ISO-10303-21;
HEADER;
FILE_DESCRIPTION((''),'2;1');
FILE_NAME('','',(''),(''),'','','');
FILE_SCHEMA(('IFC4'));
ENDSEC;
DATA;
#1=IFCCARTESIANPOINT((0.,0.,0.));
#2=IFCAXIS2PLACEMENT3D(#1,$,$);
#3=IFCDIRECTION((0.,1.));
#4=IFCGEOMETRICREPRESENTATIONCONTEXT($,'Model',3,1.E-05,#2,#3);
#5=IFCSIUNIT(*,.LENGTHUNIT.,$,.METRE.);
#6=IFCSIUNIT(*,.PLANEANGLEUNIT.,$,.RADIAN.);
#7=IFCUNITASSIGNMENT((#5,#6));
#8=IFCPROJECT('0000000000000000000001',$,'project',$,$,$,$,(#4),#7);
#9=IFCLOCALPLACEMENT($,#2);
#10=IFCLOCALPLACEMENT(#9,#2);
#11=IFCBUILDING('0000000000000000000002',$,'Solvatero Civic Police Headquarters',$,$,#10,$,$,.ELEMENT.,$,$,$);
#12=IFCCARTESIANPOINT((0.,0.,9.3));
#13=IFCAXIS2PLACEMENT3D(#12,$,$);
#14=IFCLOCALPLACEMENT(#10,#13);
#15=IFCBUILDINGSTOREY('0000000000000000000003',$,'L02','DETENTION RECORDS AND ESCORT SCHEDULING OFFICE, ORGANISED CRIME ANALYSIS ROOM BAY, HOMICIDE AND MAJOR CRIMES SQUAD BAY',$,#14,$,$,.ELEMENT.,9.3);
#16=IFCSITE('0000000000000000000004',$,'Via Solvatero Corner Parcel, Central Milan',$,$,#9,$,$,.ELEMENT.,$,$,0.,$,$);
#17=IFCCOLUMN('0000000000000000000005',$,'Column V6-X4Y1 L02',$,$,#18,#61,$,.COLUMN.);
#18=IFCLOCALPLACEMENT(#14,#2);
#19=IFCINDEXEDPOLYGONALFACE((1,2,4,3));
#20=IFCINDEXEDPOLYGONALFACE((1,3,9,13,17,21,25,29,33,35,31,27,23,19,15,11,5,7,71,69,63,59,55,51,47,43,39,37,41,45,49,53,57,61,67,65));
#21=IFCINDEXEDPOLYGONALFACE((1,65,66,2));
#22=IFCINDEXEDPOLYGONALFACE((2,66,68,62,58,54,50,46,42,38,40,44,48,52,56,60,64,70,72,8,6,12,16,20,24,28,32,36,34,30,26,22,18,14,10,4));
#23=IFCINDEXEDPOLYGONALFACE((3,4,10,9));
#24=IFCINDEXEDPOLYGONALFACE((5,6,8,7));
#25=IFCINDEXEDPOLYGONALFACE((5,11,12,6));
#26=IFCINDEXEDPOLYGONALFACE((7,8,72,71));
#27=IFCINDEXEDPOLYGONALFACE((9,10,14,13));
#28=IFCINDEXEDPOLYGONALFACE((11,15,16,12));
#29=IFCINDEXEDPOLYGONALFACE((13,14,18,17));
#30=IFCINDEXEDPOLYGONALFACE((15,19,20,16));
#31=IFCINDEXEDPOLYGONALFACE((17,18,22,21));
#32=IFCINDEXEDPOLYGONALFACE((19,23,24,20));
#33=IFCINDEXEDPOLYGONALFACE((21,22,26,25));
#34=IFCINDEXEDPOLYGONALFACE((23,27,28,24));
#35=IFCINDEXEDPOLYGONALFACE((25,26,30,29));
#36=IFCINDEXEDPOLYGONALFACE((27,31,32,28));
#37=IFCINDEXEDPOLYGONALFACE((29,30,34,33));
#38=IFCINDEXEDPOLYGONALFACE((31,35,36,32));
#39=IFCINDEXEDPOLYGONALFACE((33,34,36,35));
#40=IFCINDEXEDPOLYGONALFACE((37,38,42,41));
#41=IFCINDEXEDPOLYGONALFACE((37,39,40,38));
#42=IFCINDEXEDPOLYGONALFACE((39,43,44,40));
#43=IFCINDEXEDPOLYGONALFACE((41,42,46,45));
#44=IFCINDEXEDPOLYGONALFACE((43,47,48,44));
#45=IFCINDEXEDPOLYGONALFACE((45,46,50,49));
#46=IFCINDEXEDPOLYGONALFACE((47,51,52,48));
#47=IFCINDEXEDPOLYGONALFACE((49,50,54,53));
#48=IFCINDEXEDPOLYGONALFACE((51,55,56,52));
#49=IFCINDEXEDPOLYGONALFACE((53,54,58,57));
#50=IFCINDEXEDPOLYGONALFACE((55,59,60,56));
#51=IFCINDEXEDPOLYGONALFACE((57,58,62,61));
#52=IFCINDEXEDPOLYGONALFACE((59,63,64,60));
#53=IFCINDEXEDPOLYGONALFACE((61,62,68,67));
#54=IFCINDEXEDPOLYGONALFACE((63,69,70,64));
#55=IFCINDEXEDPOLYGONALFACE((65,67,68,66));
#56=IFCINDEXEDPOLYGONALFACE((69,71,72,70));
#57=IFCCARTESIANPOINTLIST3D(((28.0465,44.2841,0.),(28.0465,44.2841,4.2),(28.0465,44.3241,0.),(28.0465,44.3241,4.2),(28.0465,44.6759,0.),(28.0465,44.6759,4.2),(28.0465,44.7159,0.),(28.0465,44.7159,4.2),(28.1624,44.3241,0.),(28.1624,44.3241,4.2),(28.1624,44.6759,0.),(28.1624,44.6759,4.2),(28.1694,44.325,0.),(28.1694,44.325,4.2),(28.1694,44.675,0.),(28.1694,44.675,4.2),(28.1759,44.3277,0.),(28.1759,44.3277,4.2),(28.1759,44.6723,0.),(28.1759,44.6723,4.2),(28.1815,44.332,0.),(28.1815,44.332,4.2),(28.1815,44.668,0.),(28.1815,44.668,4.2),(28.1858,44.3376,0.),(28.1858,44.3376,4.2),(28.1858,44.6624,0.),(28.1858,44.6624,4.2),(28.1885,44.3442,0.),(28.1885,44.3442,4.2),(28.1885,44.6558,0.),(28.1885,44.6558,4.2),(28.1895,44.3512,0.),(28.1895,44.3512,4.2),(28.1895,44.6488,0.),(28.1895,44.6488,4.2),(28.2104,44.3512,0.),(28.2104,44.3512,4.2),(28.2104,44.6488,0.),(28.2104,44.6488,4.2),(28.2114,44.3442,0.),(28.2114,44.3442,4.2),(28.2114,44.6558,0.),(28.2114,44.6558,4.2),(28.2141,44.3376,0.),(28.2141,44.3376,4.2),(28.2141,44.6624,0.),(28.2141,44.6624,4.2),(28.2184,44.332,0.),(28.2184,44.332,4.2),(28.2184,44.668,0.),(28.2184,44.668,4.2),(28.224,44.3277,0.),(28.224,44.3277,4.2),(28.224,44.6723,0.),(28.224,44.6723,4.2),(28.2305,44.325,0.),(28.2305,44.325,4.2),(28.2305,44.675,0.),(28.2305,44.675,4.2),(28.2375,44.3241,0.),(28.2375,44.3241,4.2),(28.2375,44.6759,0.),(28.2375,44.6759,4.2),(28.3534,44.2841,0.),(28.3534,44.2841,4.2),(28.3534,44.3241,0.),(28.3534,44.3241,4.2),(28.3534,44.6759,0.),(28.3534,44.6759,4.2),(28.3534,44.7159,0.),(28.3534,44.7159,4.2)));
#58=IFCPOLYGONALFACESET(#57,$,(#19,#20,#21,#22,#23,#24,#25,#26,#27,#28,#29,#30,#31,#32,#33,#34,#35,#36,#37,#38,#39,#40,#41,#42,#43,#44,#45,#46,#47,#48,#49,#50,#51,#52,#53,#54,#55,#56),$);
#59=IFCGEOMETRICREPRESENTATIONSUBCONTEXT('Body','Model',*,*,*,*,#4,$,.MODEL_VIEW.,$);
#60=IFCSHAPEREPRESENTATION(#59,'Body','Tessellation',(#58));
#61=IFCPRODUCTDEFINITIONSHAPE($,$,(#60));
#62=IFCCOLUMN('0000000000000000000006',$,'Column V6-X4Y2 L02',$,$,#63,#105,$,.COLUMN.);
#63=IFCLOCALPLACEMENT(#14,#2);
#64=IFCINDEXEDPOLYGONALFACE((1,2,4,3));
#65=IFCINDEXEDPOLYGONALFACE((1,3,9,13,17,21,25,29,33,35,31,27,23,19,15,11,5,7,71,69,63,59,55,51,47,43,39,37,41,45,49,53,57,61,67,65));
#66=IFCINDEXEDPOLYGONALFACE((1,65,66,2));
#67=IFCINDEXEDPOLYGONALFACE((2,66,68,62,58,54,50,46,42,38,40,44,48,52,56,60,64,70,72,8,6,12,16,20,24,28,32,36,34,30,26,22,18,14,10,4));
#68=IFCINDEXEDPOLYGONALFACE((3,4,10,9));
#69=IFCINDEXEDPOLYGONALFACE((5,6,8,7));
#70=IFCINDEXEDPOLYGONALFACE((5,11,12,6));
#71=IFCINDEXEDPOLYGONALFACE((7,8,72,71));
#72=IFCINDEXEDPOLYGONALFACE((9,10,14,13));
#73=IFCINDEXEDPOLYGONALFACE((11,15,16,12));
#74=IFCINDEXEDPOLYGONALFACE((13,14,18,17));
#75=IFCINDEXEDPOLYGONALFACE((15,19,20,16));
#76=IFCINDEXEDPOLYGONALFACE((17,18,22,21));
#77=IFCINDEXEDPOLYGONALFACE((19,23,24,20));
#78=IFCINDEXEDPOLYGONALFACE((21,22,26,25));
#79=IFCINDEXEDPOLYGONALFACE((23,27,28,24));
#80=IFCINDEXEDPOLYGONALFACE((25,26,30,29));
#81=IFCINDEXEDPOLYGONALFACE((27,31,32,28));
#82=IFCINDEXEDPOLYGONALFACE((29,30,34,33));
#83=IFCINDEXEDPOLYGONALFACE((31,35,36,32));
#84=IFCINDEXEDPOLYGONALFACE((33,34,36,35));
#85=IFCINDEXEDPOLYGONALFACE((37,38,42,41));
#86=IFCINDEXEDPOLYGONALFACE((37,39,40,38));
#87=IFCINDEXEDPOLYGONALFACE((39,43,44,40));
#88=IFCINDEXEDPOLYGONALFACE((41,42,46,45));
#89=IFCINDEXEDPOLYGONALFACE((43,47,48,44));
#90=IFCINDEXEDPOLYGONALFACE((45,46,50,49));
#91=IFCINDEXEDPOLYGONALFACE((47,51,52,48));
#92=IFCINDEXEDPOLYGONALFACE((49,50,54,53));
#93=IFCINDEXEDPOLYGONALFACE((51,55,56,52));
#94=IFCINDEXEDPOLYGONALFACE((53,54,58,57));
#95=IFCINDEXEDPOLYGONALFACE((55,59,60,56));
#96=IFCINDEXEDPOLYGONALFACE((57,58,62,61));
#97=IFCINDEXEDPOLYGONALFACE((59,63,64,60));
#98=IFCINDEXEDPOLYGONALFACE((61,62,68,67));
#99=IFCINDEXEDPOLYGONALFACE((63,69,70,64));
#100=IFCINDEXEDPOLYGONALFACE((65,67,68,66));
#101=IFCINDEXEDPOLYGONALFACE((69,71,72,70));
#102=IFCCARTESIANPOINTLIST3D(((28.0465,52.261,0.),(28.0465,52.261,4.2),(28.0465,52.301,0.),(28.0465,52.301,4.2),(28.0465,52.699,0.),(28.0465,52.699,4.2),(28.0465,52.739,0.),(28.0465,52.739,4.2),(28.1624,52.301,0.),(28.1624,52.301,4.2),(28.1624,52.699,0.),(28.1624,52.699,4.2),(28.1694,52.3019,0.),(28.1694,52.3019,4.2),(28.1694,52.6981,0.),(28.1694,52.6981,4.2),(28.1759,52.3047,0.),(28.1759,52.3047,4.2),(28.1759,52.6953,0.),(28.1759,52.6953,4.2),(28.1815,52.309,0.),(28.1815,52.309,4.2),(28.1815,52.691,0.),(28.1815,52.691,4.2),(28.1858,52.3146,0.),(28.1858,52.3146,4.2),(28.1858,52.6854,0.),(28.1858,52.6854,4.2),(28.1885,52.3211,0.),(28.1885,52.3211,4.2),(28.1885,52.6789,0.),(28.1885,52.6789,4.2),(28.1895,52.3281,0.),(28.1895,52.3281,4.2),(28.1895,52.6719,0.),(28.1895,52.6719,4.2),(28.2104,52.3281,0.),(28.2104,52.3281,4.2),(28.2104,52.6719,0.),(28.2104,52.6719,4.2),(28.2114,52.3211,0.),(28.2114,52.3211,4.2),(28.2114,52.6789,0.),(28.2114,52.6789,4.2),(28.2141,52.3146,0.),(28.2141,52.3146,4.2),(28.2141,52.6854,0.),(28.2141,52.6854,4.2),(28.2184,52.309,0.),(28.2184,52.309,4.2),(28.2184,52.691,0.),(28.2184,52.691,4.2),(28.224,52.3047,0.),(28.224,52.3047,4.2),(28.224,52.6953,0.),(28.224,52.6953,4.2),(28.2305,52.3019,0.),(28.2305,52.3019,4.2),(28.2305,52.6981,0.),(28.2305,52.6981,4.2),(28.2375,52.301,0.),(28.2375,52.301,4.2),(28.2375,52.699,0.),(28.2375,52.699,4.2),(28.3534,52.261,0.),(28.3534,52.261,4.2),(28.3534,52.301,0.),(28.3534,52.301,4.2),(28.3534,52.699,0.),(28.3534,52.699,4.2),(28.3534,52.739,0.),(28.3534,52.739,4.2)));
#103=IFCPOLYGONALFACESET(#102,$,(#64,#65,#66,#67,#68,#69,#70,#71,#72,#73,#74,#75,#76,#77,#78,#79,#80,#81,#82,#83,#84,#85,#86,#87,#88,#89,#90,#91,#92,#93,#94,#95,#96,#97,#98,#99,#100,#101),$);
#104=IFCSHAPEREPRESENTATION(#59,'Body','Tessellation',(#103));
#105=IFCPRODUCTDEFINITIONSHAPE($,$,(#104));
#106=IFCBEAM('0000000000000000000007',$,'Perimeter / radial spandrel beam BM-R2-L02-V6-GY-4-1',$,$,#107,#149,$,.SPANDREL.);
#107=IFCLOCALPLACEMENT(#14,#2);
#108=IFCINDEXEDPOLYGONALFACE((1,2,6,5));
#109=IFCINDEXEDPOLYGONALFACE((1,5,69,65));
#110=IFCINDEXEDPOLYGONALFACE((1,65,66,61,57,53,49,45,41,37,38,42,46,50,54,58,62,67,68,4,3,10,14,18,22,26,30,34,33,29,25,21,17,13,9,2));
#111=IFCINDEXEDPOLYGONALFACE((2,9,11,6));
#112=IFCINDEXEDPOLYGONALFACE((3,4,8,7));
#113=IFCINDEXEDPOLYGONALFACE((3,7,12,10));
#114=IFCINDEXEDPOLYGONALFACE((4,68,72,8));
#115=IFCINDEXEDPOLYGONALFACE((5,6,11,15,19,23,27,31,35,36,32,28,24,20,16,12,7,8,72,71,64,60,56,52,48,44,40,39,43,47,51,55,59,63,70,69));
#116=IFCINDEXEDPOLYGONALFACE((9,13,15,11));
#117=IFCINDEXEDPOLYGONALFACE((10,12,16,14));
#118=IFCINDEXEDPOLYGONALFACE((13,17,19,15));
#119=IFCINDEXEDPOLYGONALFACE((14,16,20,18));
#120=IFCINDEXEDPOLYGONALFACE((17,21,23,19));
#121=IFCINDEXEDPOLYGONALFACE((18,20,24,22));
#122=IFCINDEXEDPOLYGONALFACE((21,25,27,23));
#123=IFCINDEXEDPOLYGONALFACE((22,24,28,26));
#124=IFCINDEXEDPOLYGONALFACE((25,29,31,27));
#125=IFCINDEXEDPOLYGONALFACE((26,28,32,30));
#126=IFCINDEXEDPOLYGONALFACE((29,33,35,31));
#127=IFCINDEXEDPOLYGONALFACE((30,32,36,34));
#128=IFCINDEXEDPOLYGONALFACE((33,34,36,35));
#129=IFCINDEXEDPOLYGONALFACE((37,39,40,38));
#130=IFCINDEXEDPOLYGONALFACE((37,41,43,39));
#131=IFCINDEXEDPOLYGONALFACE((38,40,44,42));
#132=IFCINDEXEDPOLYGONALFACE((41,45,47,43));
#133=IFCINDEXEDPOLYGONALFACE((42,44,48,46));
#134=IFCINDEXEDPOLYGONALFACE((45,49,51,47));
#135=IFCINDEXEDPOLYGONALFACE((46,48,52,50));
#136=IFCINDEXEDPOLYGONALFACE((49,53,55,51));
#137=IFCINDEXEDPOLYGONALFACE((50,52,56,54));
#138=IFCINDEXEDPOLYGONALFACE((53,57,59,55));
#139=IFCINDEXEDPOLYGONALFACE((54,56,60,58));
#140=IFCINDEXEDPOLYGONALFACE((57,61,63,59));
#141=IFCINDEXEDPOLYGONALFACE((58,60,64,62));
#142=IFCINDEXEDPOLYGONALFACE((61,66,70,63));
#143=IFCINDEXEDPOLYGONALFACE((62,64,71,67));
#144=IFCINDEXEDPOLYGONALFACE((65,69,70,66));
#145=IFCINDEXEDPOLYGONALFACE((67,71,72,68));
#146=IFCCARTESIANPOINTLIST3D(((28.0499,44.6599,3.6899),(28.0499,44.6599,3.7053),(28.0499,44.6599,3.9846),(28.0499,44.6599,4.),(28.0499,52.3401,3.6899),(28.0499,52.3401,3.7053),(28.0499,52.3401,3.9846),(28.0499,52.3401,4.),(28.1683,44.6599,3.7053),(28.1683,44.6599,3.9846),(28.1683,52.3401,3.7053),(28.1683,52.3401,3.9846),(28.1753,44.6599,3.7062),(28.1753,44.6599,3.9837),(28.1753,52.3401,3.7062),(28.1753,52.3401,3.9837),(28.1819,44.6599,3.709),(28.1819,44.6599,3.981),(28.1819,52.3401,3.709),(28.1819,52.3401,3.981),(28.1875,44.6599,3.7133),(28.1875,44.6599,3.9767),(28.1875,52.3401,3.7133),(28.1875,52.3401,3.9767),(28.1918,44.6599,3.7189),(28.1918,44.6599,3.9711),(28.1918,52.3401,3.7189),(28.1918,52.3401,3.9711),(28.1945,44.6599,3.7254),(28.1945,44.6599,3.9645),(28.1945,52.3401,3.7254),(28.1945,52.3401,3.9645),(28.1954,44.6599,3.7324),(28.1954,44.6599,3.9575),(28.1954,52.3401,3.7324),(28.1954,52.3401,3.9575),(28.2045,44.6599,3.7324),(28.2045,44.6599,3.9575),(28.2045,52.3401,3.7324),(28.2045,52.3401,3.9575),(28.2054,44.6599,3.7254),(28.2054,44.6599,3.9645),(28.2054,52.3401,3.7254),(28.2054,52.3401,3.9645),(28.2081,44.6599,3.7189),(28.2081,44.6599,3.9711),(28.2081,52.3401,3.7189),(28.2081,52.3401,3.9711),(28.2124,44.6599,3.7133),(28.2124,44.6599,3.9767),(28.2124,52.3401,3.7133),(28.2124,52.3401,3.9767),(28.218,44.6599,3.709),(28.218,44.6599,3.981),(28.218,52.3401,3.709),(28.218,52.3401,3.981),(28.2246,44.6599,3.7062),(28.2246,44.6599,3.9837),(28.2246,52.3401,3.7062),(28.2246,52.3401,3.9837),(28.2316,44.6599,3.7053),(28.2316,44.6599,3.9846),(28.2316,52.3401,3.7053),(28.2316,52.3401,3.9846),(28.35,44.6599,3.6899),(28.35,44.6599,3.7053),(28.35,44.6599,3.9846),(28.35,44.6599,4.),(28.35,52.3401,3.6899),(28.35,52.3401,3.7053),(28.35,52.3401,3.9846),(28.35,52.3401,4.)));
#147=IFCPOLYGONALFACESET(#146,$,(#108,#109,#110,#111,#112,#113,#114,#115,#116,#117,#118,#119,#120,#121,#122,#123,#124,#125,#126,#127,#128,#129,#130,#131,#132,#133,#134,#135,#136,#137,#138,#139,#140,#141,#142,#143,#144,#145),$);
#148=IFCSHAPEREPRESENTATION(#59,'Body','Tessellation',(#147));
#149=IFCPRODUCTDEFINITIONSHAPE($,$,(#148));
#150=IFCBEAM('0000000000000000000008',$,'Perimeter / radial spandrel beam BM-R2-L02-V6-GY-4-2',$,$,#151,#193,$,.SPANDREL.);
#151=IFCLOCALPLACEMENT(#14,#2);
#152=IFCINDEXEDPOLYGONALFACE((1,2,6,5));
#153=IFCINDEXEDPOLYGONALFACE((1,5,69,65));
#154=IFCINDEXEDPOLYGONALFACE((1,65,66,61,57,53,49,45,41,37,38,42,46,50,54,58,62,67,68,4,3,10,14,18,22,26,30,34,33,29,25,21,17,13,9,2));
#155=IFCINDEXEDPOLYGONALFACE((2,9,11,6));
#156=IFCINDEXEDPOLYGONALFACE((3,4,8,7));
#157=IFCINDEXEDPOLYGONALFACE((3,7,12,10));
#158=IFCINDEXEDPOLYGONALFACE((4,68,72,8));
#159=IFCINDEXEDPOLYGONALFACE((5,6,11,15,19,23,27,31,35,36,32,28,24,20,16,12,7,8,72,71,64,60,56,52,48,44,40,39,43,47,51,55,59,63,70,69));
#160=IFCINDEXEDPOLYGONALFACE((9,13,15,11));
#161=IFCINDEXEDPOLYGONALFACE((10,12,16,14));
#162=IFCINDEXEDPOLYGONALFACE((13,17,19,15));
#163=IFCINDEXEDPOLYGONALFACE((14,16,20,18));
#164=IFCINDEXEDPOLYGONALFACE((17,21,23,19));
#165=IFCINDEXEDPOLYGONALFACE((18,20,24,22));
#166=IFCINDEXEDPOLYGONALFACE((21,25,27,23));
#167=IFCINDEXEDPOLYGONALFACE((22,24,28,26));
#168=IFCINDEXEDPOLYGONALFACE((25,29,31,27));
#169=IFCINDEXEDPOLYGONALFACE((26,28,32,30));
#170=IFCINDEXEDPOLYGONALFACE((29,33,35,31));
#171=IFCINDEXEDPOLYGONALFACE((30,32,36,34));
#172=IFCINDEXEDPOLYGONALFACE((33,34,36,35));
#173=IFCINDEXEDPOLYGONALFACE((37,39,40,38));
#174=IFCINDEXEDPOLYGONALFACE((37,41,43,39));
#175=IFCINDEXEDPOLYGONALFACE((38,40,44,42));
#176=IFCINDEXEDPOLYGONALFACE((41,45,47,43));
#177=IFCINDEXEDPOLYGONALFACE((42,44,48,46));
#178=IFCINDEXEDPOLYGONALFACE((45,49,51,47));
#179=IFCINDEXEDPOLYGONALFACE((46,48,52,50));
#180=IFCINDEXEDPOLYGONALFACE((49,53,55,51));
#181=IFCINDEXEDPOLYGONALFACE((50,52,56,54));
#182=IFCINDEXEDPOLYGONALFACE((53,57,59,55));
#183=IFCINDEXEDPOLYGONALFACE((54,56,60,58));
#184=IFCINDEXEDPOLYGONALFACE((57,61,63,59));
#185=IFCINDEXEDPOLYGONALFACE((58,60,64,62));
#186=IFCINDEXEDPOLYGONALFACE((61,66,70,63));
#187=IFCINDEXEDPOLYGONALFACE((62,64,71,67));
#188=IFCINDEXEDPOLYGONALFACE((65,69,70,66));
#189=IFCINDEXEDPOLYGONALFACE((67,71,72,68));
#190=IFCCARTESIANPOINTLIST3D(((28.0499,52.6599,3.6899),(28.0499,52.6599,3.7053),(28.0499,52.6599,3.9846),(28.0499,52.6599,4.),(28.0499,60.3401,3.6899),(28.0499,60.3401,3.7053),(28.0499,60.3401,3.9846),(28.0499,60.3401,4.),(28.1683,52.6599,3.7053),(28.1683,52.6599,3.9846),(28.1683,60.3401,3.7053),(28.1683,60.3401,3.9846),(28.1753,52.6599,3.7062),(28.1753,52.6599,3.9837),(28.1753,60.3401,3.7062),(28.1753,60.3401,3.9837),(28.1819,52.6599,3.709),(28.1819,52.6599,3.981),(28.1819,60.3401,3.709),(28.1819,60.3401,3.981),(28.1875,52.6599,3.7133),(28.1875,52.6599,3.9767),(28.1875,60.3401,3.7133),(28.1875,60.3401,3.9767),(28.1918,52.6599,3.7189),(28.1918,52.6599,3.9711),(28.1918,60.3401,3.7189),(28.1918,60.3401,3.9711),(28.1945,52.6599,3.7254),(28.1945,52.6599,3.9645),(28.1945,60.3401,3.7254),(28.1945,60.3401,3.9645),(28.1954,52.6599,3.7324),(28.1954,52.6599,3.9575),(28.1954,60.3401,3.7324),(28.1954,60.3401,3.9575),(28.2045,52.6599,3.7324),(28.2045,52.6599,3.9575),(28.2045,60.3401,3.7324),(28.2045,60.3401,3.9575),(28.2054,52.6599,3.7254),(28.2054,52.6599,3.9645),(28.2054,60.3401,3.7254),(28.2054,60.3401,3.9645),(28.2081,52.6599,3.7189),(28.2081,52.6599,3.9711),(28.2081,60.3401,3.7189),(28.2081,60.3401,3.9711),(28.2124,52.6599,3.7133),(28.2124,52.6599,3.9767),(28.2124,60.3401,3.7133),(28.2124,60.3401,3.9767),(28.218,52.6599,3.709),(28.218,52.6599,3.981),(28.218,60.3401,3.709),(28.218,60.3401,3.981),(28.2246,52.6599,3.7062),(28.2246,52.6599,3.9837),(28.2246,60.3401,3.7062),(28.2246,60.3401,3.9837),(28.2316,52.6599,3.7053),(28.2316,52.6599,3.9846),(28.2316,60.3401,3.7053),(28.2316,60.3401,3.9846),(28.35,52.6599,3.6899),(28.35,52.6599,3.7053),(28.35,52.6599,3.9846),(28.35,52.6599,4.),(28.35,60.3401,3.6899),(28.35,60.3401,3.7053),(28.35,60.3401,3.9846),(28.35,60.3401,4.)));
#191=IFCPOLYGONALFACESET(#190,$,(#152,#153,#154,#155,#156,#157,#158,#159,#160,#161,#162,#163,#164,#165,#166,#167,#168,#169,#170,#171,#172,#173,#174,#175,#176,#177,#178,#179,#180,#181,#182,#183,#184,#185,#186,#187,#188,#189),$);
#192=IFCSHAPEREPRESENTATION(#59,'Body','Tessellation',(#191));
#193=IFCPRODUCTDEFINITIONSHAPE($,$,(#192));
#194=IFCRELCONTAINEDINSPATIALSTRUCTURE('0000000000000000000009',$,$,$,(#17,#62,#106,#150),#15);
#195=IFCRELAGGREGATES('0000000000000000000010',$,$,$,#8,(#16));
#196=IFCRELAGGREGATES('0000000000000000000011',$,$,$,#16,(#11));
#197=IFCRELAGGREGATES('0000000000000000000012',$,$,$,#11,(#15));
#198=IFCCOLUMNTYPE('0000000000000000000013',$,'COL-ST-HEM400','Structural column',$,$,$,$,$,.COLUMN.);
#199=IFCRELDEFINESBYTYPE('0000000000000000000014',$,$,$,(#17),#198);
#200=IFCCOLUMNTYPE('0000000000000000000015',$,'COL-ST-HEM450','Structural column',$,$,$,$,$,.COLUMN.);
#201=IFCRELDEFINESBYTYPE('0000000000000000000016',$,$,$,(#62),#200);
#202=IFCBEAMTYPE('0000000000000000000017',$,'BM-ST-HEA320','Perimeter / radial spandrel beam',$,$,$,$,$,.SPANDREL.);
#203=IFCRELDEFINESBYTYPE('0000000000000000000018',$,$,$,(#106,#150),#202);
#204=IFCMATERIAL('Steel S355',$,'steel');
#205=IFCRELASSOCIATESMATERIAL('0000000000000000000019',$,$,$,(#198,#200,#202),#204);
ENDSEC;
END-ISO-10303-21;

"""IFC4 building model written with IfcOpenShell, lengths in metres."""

from ifc_helpers import new_model, si_unit, direction, frame, origin, origin_2d, place, context, subcontext, project, spatial, i_section, extrude, material, material_profile, profile_set, type_object, element, save


model = new_model("IFC4")

# Units and contexts
model_context = context("Model", 3, precision=1e-05, world=origin(), true_north=direction((0.0, 1.0)))
body_context = subcontext(model_context, "Body", "Model", "MODEL_VIEW")
ifc_project = project(units=[si_unit("LENGTHUNIT", "METRE"), si_unit("PLANEANGLEUNIT", "RADIAN")], contexts=[model_context])

# Site, building, storey
site_placement = place(None, origin())
site = spatial("IfcSite", under=ifc_project, at=site_placement, Name="Via Solvatero Corner Parcel, Central Milan", CompositionType="ELEMENT", RefElevation=0.0)
building_placement = place(site_placement, origin())
building = spatial("IfcBuilding", under=site, at=building_placement, Name="Solvatero Civic Police Headquarters", CompositionType="ELEMENT")
storey_placement = place(building_placement, frame((0.0, 0.0, 9.3)))
storey = spatial("IfcBuildingStorey", under=building, at=storey_placement, Name="L02", Description="DETENTION RECORDS AND ESCORT SCHEDULING OFFICE, ORGANISED CRIME ANALYSIS ROOM BAY, HOMICIDE AND MAJOR CRIMES SQUAD BAY", CompositionType="ELEMENT", Elevation=9.3)

# Columns
ifc_material_1 = material(Name="Steel S355", Category="steel")
ifc_material_profile_1 = material_profile(ifc_material_1, i_section(OverallWidth=0.3069, OverallDepth=0.4319, WebThickness=0.021, FlangeThickness=0.04, FilletRadius=0.0271, at=origin_2d()), Name="HEM 400")
ifc_profile_set_1 = profile_set([ifc_material_profile_1], Name="Steel S355")
column_type_1 = type_object("IfcColumnType", Name="COL-ST-HEM400", Description="Structural column", PredefinedType="COLUMN", material=ifc_profile_set_1)
column_1_placement = place(storey_placement, frame((28.2, 44.5, 0.0), z_axis=(0.0, 0.0, 1.0), x_axis=(1.0, 0.0, 0.0)))
element("IfcColumn", 1, at=column_1_placement, inside=storey, type_object=column_type_1, Name="Column V6-X4Y1 L02", PredefinedType="COLUMN", context=body_context, shape_type="SweptSolid", body=[
    extrude(i_section(OverallWidth=0.3069, OverallDepth=0.4319, WebThickness=0.021, FlangeThickness=0.04, FilletRadius=0.0271, at=origin_2d()), origin(), (0.0, 0.0, 1.0), 4.2),
])
ifc_material_profile_2 = material_profile(ifc_material_1, i_section(OverallWidth=0.3069, OverallDepth=0.478, WebThickness=0.021, FlangeThickness=0.04, FilletRadius=0.0271, at=origin_2d()), Name="HEM 450")
ifc_profile_set_2 = profile_set([ifc_material_profile_2], Name="Steel S355")
column_type_2 = type_object("IfcColumnType", Name="COL-ST-HEM450", Description="Structural column", PredefinedType="COLUMN", material=ifc_profile_set_2)
column_2_placement = place(storey_placement, frame((28.2, 52.5, 0.0), z_axis=(0.0, 0.0, 1.0), x_axis=(1.0, 0.0, 0.0)))
element("IfcColumn", 2, at=column_2_placement, inside=storey, type_object=column_type_2, Name="Column V6-X4Y2 L02", PredefinedType="COLUMN", context=body_context, shape_type="SweptSolid", body=[
    extrude(i_section(OverallWidth=0.3069, OverallDepth=0.478, WebThickness=0.021, FlangeThickness=0.04, FilletRadius=0.0271, at=origin_2d()), origin(), (0.0, 0.0, 1.0), 4.2),
])

# Beams
ifc_material_profile_3 = material_profile(ifc_material_1, i_section(OverallWidth=0.3, OverallDepth=0.3101, WebThickness=0.009, FlangeThickness=0.0154, FilletRadius=0.0271, at=origin_2d()), Name="HEA 320")
ifc_profile_set_3 = profile_set([ifc_material_profile_3], Name="Steel S355")
beam_type_1 = type_object("IfcBeamType", Name="BM-ST-HEA320", Description="Perimeter / radial spandrel beam", PredefinedType="SPANDREL", material=ifc_profile_set_3)
for number, where, z_axis, x_axis, name in (
    (3, (28.2, 44.6599, 3.845), (0.0, 1.0, 0.0), (-1.0, 0.0, 0.0), "Perimeter / radial spandrel beam BM-R2-L02-V6-GY-4-1"),
    (4, (28.2, 52.6599, 3.845), (0.0, 1.0, 0.0), (-1.0, 0.0, 0.0), "Perimeter / radial spandrel beam BM-R2-L02-V6-GY-4-2"),
):
    element("IfcBeam", number, at=place(storey_placement, frame(where, z_axis=z_axis, x_axis=x_axis)), inside=storey, type_object=beam_type_1, Name=name, PredefinedType="SPANDREL", context=body_context, shape_type="SweptSolid", body=[
        extrude(i_section(OverallWidth=0.3, OverallDepth=0.3101, WebThickness=0.009, FlangeThickness=0.0154, FilletRadius=0.0271, at=origin_2d()), origin(), (0.0, 0.0, 1.0), 7.6802),
    ])

save(model, "model.ifc")
